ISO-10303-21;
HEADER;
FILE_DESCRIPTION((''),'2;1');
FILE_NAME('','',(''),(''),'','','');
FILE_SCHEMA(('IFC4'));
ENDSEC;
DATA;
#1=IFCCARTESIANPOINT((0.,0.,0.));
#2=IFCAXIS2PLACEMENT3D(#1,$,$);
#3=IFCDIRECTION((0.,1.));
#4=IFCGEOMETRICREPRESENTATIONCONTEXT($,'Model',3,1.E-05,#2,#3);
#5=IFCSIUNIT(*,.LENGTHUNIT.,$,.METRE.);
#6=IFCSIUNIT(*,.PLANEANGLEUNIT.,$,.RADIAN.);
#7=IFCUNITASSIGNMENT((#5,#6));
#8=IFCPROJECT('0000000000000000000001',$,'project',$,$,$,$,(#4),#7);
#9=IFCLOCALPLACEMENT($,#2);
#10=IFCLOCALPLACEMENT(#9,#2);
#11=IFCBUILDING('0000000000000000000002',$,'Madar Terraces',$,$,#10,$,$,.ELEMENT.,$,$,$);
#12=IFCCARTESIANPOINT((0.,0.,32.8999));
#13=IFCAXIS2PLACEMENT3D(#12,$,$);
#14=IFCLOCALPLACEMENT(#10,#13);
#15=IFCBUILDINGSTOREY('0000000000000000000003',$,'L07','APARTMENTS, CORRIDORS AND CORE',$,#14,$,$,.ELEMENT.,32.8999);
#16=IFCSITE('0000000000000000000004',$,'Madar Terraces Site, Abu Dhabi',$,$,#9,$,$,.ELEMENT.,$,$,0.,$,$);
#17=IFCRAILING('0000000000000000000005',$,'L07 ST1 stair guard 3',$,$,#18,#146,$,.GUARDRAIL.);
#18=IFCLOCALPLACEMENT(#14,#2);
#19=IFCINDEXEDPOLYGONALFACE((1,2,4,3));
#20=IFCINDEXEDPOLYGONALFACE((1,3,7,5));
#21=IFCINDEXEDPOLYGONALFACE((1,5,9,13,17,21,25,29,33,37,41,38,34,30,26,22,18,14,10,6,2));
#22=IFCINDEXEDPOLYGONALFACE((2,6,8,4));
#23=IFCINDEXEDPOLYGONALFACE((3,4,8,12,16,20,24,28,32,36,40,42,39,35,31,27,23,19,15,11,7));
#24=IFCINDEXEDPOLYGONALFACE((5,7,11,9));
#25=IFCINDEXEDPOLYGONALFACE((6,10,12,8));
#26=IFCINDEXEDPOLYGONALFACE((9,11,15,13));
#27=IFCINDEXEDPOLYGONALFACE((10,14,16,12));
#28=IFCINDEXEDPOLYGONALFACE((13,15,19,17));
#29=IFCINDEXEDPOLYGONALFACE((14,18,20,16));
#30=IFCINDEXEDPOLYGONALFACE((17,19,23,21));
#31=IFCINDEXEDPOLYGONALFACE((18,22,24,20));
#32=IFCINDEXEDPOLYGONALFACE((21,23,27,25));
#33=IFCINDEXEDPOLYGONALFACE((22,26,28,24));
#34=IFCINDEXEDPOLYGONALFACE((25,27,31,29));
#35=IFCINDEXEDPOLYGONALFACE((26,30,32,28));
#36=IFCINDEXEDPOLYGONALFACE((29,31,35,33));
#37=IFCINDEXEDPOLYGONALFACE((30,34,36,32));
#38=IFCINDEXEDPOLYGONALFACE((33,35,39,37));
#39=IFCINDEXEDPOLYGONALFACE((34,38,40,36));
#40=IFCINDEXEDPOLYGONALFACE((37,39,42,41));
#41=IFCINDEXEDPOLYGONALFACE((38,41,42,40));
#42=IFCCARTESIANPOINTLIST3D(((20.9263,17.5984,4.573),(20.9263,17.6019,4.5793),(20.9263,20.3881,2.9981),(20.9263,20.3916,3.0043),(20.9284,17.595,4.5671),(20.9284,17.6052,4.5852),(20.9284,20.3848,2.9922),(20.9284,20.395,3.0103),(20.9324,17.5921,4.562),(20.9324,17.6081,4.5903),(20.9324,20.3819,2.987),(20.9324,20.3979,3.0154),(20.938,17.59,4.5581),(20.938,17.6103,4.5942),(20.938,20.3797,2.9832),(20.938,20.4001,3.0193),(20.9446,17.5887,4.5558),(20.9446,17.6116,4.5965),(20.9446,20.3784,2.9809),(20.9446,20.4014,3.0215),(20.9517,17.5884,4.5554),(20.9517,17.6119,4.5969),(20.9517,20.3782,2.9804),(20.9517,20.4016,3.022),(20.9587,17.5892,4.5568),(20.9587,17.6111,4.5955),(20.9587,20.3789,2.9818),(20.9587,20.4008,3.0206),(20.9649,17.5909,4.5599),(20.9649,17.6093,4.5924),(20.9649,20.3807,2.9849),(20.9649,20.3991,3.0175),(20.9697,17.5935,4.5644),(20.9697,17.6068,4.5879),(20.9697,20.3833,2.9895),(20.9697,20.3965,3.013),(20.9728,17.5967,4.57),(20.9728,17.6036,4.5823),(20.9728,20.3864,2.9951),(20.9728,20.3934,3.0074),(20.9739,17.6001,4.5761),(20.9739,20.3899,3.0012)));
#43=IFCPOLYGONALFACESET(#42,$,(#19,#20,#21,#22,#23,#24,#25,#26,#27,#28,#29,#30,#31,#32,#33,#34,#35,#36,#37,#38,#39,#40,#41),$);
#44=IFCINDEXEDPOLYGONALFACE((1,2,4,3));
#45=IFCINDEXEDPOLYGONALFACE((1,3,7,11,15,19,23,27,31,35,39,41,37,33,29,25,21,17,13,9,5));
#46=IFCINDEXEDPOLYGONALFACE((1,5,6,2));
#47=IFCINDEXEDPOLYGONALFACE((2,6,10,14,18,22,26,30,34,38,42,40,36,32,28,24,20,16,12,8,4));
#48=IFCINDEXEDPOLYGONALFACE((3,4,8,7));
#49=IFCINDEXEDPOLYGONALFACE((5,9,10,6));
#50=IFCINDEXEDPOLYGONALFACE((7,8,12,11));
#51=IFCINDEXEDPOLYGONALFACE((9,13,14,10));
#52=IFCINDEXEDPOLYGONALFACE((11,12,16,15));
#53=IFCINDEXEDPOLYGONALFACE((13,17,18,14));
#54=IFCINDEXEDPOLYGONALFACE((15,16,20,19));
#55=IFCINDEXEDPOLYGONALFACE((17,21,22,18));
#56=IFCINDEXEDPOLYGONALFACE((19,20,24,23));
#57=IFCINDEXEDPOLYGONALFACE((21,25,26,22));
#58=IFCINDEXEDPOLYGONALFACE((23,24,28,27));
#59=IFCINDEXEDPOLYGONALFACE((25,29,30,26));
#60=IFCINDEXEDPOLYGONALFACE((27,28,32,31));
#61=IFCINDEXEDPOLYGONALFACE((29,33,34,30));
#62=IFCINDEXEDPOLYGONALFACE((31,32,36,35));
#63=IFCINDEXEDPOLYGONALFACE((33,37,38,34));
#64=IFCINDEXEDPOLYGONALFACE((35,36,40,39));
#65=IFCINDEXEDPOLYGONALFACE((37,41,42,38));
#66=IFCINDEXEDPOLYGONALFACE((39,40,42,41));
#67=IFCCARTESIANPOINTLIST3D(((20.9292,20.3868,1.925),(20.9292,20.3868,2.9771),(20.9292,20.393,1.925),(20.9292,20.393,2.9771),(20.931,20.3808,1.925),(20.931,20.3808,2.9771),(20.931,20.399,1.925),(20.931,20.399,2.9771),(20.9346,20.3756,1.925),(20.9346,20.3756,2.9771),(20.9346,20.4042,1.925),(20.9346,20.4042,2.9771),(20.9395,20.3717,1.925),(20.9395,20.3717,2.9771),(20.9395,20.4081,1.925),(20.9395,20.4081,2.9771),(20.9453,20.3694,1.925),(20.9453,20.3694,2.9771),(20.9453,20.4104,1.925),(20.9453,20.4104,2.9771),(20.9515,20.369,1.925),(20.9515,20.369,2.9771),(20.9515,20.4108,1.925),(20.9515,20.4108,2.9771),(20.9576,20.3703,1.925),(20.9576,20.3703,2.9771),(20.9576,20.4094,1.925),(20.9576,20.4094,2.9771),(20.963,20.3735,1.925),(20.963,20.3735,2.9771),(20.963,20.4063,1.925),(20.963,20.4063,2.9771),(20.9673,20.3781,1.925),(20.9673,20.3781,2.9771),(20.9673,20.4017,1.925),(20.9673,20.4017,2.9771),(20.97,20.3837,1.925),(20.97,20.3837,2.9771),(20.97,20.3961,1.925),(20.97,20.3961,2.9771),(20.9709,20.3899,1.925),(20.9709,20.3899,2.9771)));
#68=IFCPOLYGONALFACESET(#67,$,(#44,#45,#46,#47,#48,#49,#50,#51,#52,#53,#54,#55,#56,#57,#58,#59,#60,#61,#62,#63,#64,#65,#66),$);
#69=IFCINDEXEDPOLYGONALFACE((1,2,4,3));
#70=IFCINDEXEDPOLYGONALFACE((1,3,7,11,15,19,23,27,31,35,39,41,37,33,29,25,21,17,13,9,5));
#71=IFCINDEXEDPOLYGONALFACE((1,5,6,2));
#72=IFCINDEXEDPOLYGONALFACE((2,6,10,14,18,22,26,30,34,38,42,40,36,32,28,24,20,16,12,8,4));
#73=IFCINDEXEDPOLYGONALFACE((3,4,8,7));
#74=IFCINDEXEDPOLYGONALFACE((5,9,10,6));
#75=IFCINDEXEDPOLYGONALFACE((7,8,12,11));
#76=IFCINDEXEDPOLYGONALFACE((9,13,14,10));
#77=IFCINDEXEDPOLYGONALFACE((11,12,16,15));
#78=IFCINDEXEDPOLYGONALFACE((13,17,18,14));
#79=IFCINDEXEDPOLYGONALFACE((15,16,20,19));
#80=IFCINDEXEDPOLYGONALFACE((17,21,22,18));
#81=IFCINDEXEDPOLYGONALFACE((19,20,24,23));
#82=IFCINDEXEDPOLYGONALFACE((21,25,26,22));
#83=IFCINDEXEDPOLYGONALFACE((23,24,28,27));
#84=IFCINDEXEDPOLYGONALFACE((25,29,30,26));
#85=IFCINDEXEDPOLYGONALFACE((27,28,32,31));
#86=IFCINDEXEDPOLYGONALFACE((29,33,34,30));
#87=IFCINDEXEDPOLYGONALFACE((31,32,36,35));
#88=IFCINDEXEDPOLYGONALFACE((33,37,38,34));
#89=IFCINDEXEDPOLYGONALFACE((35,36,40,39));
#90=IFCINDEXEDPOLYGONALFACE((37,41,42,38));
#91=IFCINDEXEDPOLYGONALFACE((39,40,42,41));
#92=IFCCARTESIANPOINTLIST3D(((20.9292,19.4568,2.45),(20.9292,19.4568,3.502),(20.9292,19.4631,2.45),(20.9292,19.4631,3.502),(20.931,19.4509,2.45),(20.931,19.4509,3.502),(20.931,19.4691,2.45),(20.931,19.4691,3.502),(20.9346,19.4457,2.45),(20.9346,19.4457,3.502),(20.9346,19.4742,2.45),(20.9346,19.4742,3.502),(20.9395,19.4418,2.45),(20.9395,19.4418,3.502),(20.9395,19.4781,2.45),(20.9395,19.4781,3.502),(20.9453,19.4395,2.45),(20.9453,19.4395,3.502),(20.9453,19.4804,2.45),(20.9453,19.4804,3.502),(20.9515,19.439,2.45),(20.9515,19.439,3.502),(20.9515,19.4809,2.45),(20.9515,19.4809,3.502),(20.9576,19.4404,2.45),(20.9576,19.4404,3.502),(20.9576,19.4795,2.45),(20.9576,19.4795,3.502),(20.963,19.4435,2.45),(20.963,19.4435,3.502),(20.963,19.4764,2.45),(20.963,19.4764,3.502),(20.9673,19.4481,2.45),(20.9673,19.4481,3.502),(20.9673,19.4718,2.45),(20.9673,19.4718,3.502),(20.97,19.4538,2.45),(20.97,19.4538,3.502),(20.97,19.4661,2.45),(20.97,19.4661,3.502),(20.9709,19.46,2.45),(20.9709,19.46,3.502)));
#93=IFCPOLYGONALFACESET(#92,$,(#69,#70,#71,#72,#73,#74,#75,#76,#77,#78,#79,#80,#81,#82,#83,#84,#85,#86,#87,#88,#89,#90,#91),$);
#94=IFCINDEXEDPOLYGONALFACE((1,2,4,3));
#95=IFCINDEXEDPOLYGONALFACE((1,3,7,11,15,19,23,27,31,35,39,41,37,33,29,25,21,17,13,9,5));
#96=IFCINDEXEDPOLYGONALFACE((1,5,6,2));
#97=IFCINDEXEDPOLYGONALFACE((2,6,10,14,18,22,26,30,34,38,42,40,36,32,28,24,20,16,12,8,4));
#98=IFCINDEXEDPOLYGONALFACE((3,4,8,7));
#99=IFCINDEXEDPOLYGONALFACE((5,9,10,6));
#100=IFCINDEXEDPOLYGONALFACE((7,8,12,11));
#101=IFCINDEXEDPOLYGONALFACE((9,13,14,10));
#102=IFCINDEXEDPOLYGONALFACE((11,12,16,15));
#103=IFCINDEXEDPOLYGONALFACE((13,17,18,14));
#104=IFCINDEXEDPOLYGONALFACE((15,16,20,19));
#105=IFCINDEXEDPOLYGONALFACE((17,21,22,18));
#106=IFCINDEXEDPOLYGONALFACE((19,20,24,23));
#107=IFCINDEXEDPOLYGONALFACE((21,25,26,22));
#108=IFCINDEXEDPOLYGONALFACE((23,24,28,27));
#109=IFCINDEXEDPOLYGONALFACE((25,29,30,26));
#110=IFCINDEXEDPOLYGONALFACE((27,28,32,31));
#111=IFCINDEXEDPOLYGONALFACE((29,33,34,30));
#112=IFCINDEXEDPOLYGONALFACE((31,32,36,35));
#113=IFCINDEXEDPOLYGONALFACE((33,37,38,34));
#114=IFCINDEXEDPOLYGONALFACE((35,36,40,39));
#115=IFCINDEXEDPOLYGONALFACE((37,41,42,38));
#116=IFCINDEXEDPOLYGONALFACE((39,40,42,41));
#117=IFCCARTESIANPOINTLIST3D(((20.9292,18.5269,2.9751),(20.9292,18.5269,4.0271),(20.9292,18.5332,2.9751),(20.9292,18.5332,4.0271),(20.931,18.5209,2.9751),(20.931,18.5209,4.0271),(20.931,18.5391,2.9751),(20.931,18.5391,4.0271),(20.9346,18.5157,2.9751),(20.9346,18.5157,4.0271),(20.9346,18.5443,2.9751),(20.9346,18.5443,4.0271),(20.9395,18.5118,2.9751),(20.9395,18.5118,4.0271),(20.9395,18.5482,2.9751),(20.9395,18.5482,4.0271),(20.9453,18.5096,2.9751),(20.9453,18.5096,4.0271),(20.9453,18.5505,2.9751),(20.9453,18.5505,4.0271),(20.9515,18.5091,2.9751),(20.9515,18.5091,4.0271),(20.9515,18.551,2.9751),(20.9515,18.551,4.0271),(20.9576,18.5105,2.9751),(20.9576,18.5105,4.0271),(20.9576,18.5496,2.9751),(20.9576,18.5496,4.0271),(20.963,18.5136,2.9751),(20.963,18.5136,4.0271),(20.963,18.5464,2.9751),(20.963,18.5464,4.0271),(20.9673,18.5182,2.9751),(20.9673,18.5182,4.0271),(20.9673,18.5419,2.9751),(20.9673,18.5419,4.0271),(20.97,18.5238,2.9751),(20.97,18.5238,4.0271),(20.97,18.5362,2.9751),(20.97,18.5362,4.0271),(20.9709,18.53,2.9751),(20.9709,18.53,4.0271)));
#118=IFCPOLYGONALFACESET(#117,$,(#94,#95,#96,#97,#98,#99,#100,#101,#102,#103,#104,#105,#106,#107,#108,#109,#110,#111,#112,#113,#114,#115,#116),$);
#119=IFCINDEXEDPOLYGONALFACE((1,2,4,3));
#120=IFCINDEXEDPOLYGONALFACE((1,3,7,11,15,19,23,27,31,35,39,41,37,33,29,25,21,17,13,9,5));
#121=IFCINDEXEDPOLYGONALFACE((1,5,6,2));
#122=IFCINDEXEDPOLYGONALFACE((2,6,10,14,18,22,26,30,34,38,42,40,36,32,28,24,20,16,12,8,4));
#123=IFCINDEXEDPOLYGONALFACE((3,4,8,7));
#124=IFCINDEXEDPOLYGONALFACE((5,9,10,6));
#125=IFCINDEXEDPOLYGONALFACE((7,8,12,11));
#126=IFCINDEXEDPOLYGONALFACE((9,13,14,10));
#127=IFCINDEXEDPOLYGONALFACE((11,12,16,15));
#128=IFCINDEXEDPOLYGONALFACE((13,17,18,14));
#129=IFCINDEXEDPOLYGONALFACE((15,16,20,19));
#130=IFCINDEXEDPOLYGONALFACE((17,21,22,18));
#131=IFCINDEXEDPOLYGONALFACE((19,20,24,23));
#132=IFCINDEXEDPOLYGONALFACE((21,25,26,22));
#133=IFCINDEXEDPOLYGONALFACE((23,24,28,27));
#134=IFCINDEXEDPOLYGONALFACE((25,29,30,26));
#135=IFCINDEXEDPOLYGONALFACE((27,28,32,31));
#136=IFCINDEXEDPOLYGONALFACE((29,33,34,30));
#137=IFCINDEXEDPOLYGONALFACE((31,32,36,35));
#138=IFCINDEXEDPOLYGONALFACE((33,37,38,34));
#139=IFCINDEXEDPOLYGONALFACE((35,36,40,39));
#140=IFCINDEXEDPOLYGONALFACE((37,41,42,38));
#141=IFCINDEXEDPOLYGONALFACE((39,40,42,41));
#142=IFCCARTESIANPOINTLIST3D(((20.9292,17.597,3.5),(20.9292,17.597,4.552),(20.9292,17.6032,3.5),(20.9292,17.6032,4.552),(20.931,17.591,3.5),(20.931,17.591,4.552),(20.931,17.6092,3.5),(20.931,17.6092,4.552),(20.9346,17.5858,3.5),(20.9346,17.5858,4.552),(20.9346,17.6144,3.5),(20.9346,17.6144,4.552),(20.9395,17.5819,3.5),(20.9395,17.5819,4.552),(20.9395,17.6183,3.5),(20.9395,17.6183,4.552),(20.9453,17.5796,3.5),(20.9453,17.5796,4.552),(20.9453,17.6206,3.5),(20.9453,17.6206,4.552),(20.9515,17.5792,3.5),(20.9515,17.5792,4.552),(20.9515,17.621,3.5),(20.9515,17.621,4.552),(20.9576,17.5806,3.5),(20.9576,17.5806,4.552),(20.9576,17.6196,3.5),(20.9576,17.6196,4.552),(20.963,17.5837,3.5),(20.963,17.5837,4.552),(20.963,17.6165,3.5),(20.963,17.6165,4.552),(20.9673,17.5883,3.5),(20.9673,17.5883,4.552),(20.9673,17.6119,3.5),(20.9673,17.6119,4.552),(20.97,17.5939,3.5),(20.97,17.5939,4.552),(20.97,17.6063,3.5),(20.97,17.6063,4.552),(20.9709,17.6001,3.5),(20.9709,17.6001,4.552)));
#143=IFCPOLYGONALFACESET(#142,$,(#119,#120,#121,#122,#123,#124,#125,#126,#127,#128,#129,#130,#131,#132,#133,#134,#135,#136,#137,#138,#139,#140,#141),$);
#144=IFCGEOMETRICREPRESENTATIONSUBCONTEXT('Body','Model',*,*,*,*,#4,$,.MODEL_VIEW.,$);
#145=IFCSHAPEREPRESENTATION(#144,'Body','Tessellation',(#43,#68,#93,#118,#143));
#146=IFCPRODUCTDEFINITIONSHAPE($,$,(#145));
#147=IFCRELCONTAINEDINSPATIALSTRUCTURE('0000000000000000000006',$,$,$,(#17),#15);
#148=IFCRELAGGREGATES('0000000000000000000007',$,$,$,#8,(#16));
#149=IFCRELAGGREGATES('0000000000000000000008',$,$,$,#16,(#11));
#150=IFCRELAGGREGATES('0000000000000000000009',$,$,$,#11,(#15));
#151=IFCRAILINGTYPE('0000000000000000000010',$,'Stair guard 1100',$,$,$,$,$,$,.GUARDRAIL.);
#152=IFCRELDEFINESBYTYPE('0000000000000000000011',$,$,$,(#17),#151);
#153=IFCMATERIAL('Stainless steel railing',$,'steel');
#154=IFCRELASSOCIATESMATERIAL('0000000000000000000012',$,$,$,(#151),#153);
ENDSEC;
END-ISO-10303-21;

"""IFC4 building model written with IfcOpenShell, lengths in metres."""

from ifc_helpers import new_model, si_unit, direction, frame, origin, origin_2d, place, context, subcontext, project, spatial, circle, extrude, material, type_object, element, save


model = new_model("IFC4")

# Units and contexts
model_context = context("Model", 3, precision=1e-05, world=origin(), true_north=direction((0.0, 1.0)))
body_context = subcontext(model_context, "Body", "Model", "MODEL_VIEW")
ifc_project = project(units=[si_unit("LENGTHUNIT", "METRE"), si_unit("PLANEANGLEUNIT", "RADIAN")], contexts=[model_context])

# Site, building, storey
site_placement = place(None, origin())
site = spatial("IfcSite", under=ifc_project, at=site_placement, Name="Madar Terraces Site, Abu Dhabi", CompositionType="ELEMENT", RefElevation=0.0)
building_placement = place(site_placement, origin())
building = spatial("IfcBuilding", under=site, at=building_placement, Name="Madar Terraces", CompositionType="ELEMENT")
storey_placement = place(building_placement, frame((0.0, 0.0, 32.8999)))
storey = spatial("IfcBuildingStorey", under=building, at=storey_placement, Name="L07", Description="APARTMENTS, CORRIDORS AND CORE", CompositionType="ELEMENT", Elevation=32.8999)

# Railing
ifc_material_1 = material(Name="Stainless steel railing", Category="steel")
railing_type_1 = type_object("IfcRailingType", Name="Stair guard 1100", PredefinedType="GUARDRAIL", material=ifc_material_1)
railing_1_placement = place(storey_placement, frame((20.95, 20.3899, 1.925)))
element("IfcRailing", 1, at=railing_1_placement, inside=storey, type_object=railing_type_1, Name="L07 ST1 stair guard 3", PredefinedType="GUARDRAIL", context=body_context, shape_type="SweptSolid", body=[
    extrude(circle(Radius=0.0239, at=origin_2d()), frame((0.0, 0.0, 1.0762), z_axis=(0.0, -0.870815, 0.49161), x_axis=(1.0, 0.0, 0.0)), (0.0, 0.0, 1.0), 3.2036),
    extrude(circle(Radius=0.021, at=origin_2d()), origin(), (0.0, 0.0, 1.0), 1.052),
    extrude(circle(Radius=0.021, at=origin_2d()), frame((0.0, -0.9299, 0.5249)), (0.0, 0.0, 1.0), 1.052),
    extrude(circle(Radius=0.021, at=origin_2d()), frame((0.0, -1.8599, 1.05)), (0.0, 0.0, 1.0), 1.052),
    extrude(circle(Radius=0.021, at=origin_2d()), frame((0.0, -2.7898, 1.575)), (0.0, 0.0, 1.0), 1.052),
])

save(model, "model.ifc")
